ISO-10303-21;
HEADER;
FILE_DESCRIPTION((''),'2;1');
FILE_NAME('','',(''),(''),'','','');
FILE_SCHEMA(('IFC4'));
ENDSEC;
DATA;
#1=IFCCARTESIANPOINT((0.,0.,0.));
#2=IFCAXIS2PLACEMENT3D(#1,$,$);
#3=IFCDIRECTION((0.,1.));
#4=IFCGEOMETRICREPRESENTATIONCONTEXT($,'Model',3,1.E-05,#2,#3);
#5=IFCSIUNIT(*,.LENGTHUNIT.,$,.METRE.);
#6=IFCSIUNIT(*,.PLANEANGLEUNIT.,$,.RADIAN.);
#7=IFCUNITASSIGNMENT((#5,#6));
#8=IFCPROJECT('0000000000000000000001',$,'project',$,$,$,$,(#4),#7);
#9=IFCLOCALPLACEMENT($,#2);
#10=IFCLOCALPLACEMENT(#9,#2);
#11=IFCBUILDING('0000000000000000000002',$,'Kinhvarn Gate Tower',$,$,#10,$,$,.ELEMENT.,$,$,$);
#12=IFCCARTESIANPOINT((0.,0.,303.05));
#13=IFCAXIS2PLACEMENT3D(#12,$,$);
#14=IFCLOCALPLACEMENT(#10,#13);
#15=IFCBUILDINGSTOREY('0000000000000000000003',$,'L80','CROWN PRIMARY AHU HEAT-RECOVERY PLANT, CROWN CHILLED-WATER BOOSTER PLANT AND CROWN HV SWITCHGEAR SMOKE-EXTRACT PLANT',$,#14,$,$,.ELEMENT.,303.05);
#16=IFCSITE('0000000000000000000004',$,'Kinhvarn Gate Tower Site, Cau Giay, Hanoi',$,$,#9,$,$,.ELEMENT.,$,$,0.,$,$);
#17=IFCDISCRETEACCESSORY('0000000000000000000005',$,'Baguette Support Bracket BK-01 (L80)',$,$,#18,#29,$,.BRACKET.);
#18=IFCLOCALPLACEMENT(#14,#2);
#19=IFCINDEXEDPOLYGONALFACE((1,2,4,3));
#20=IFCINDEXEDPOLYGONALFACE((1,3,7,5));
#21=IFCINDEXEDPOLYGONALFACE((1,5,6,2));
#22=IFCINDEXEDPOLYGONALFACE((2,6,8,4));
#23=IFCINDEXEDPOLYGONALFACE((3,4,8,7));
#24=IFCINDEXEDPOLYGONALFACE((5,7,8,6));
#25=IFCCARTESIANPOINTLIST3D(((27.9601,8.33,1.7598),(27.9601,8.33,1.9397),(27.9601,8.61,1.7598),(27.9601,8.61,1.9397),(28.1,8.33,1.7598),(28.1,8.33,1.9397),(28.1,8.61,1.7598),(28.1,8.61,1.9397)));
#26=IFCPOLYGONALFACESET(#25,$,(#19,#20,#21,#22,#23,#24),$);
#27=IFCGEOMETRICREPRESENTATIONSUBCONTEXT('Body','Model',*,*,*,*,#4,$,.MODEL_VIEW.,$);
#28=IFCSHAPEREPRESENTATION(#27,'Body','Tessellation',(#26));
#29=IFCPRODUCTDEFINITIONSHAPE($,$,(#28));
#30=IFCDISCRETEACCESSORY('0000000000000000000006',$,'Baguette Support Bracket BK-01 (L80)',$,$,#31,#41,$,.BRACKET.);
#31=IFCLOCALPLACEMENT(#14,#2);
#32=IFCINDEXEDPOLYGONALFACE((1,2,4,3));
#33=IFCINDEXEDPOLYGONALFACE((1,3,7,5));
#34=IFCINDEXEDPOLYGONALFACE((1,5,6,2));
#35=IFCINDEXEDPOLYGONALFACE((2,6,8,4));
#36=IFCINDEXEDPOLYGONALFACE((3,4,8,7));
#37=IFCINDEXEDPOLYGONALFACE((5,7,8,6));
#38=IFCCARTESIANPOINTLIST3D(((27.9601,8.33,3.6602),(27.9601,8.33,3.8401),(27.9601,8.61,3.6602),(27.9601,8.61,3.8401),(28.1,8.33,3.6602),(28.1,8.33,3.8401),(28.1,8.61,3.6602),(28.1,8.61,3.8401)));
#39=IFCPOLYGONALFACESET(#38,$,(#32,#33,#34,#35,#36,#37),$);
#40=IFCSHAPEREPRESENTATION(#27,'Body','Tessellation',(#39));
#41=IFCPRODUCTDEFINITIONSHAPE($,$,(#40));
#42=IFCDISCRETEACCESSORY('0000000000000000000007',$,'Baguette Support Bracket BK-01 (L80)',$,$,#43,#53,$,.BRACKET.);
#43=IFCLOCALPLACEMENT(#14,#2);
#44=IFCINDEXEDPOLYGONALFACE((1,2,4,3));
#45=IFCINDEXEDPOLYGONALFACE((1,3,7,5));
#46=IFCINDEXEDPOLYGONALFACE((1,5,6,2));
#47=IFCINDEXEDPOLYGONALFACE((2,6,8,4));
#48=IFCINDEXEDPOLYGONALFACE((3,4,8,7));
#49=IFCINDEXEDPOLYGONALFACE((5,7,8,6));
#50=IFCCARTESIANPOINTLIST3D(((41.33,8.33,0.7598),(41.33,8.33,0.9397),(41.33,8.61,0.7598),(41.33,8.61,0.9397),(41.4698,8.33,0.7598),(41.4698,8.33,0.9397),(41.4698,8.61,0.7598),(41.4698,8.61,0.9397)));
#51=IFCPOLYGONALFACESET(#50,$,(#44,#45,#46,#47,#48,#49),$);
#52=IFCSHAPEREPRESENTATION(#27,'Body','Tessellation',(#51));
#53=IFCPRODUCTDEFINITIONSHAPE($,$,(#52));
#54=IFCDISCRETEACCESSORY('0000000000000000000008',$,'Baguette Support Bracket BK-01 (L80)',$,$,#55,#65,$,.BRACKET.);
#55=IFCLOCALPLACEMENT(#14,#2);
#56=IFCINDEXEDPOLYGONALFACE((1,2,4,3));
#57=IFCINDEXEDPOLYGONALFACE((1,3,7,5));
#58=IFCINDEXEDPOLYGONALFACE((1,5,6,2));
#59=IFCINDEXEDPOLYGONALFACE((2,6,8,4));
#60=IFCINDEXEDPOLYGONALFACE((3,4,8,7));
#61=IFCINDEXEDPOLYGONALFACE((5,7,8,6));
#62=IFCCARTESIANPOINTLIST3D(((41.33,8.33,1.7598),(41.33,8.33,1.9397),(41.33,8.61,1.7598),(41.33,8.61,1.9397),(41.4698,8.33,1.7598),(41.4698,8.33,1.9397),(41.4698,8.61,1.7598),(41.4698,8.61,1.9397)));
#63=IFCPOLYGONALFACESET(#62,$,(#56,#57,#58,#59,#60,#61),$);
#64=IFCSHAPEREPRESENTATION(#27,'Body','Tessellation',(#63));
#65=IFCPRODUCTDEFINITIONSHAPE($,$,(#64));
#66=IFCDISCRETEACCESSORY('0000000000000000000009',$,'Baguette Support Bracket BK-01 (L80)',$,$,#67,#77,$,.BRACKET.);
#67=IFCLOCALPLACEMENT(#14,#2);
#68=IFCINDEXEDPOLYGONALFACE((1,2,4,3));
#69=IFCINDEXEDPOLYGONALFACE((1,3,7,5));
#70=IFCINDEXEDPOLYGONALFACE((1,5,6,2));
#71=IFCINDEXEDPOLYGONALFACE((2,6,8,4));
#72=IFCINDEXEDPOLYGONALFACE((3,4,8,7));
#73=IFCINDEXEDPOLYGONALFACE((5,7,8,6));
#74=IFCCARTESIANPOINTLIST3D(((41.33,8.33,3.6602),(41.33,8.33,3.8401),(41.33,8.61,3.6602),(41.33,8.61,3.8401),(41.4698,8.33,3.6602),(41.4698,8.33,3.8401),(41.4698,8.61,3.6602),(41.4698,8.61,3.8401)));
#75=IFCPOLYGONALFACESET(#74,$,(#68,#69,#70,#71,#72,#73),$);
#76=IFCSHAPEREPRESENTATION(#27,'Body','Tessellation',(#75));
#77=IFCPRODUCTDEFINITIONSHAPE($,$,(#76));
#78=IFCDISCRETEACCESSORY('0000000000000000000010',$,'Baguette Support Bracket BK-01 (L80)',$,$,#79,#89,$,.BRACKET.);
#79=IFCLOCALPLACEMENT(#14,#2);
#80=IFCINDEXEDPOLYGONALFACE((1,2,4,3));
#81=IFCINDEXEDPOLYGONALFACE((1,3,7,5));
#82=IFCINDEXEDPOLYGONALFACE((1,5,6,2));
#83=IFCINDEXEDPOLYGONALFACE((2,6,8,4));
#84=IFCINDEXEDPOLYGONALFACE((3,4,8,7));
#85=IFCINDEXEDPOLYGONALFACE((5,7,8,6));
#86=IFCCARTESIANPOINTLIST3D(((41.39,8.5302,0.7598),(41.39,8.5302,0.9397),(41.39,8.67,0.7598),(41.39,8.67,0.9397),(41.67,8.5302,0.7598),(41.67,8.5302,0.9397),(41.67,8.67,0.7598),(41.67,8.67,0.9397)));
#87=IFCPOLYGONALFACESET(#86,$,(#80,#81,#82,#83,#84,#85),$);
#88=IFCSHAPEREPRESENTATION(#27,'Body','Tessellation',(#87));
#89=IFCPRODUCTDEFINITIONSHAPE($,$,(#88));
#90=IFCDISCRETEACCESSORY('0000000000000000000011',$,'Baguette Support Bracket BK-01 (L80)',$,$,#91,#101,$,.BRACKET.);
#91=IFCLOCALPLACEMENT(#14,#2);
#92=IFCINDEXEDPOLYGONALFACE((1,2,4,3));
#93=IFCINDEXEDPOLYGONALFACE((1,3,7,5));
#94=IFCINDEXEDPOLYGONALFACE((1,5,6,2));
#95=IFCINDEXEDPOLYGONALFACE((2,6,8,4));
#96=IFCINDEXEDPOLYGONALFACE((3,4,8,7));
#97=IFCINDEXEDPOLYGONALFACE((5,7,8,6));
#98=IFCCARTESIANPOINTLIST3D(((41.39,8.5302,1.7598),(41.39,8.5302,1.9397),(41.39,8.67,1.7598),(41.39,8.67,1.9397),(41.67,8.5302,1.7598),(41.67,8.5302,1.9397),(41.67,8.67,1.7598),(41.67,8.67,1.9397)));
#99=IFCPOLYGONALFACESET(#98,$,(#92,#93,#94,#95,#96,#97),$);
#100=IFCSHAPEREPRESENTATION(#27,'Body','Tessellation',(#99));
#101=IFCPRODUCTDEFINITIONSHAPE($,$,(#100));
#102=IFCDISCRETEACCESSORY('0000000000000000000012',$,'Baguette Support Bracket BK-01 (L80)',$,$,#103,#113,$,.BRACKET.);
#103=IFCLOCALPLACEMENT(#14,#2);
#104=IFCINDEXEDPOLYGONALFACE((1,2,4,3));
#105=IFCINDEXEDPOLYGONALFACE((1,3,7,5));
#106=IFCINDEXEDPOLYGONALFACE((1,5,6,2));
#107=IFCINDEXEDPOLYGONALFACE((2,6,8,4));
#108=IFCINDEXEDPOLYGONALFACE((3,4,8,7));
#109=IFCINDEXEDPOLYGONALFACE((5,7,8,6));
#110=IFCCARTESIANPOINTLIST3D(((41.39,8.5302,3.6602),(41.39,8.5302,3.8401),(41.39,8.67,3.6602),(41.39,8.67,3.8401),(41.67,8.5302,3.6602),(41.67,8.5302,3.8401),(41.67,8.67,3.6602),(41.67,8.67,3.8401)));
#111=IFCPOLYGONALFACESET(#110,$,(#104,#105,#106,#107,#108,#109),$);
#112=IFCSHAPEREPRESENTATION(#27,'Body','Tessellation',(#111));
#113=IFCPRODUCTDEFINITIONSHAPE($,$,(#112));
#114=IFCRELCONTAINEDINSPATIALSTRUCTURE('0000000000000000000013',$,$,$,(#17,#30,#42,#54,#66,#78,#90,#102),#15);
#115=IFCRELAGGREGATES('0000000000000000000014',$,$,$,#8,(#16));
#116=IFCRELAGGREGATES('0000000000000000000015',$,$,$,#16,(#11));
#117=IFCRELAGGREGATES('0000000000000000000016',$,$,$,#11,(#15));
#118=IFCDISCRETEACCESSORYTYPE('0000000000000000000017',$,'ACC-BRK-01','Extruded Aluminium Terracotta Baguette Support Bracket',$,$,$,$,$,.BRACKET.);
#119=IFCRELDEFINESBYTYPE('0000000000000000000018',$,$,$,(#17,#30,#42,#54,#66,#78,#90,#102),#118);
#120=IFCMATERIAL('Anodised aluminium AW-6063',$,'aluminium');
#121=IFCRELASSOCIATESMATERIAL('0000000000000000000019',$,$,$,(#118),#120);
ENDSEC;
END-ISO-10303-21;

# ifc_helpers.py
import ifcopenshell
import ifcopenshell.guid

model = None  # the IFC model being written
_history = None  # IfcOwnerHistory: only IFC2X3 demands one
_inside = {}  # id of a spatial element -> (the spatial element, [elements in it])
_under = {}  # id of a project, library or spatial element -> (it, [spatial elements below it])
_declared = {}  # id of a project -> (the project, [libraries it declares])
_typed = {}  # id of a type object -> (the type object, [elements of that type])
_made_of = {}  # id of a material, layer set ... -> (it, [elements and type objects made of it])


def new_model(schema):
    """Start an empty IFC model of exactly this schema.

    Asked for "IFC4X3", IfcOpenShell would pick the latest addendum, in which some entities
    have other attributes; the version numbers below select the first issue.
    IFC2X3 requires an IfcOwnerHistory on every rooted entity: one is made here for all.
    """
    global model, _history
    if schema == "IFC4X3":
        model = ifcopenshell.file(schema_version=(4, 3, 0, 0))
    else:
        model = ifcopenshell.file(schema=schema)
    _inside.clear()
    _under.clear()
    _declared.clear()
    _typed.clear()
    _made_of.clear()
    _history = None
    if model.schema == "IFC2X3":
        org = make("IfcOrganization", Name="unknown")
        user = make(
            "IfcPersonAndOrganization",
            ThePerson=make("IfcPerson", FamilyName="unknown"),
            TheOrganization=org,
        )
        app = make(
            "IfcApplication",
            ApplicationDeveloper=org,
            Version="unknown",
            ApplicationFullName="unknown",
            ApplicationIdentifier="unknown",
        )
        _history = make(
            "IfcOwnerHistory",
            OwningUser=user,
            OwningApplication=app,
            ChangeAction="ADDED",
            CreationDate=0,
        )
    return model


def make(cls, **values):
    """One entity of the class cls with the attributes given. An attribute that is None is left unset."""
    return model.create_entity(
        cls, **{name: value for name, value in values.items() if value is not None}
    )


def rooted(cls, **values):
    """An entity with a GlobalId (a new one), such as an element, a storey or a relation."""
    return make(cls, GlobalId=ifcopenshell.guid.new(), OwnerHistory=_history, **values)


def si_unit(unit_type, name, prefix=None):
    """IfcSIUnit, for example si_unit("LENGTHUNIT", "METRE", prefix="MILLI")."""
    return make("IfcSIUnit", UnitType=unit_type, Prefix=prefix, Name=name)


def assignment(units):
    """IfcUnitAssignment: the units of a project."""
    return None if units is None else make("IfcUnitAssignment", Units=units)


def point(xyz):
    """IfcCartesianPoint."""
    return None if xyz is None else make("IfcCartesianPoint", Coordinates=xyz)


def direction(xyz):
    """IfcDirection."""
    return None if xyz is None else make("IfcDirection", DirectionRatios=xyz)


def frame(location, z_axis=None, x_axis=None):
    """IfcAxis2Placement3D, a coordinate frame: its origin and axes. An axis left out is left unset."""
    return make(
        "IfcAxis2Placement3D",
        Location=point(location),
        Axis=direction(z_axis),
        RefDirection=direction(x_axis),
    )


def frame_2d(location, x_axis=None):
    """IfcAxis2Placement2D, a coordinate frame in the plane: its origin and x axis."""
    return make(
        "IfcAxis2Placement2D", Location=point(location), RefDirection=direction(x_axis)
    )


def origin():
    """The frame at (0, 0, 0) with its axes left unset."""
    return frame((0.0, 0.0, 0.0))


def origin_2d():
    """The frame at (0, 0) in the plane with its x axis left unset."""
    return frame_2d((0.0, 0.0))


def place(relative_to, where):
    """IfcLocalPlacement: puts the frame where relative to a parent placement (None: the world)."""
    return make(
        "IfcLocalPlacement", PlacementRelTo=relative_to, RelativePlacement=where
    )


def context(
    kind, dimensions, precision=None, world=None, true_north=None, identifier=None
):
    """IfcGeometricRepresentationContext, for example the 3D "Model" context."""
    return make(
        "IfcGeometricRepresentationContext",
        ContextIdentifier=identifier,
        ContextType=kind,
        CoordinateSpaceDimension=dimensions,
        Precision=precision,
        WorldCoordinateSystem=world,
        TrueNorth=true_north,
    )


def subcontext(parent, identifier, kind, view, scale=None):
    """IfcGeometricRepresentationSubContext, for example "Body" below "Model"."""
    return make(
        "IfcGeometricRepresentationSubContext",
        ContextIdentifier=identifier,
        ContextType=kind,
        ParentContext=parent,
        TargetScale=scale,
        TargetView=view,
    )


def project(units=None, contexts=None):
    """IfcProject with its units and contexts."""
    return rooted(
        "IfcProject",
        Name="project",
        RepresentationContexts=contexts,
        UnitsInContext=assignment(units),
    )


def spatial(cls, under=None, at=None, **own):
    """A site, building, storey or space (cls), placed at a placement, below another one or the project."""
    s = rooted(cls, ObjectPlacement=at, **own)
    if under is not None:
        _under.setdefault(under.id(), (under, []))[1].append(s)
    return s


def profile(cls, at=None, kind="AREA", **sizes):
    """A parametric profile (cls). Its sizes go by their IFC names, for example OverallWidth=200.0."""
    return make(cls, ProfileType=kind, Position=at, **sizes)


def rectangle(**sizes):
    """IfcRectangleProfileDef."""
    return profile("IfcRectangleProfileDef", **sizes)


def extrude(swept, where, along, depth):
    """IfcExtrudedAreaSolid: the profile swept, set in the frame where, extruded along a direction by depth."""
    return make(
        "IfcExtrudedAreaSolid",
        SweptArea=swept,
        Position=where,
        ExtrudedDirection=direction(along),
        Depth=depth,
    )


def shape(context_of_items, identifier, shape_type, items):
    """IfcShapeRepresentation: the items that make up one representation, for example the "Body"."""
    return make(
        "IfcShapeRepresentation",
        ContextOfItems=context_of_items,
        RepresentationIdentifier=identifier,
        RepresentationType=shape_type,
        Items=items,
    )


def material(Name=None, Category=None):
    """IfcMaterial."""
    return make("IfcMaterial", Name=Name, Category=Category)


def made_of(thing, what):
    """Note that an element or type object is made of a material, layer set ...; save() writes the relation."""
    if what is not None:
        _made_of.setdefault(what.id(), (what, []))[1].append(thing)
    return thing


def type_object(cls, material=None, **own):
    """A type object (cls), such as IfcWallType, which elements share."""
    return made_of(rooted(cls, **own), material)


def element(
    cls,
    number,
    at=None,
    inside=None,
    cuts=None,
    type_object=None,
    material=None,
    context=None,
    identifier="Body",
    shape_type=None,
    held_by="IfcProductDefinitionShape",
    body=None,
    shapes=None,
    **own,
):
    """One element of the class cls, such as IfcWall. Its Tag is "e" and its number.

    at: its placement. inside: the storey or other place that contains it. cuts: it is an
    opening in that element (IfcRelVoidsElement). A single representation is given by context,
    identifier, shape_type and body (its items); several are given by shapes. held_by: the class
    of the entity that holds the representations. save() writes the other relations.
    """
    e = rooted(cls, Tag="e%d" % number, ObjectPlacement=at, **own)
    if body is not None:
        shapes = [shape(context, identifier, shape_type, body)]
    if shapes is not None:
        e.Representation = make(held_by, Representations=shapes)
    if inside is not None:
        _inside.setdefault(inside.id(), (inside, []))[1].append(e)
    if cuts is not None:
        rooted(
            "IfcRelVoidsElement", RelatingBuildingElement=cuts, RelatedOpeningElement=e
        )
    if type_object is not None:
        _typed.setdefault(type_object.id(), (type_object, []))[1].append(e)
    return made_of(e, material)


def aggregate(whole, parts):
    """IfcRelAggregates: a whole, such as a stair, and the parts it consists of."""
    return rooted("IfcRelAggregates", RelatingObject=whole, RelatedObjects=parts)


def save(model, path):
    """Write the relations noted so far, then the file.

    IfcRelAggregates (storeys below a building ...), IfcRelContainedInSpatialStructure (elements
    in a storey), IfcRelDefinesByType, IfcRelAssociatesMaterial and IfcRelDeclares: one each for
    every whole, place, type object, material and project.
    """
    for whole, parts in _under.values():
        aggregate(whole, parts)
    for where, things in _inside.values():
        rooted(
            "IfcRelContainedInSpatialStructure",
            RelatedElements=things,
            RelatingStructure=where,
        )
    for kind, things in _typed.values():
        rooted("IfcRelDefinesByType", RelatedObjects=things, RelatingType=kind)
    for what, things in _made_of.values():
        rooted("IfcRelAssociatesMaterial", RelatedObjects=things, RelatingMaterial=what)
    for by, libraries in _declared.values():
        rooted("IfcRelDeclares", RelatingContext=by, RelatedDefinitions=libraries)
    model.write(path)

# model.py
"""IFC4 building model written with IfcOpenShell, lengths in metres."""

from ifc_helpers import new_model, si_unit, direction, frame, origin, origin_2d, place, context, subcontext, project, spatial, rectangle, extrude, material, type_object, element, save


model = new_model("IFC4")

# Units and contexts
model_context = context("Model", 3, precision=1e-05, world=origin(), true_north=direction((0.0, 1.0)))
body_context = subcontext(model_context, "Body", "Model", "MODEL_VIEW")
ifc_project = project(units=[si_unit("LENGTHUNIT", "METRE"), si_unit("PLANEANGLEUNIT", "RADIAN")], contexts=[model_context])

# Site, building, storey
site_placement = place(None, origin())
site = spatial("IfcSite", under=ifc_project, at=site_placement, Name="Kinhvarn Gate Tower Site, Cau Giay, Hanoi", CompositionType="ELEMENT", RefElevation=0.0)
building_placement = place(site_placement, origin())
building = spatial("IfcBuilding", under=site, at=building_placement, Name="Kinhvarn Gate Tower", CompositionType="ELEMENT")
storey_placement = place(building_placement, frame((0.0, 0.0, 303.05)))
storey = spatial("IfcBuildingStorey", under=building, at=storey_placement, Name="L80", Description="CROWN PRIMARY AHU HEAT-RECOVERY PLANT, CROWN CHILLED-WATER BOOSTER PLANT AND CROWN HV SWITCHGEAR SMOKE-EXTRACT PLANT", CompositionType="ELEMENT", Elevation=303.05)

# Shared definitions
ifc_material_1 = material(Name="Anodised aluminium AW-6063", Category="aluminium")

# Discrete accessories
discrete_accessory_type = type_object("IfcDiscreteAccessoryType", Name="ACC-BRK-01", Description="Extruded Aluminium Terracotta Baguette Support Bracket", PredefinedType="BRACKET", material=ifc_material_1)
for number, where, z_axis, x_axis, name in (
    (1, (28.03, 8.47, 1.7598), (0.0, 0.0, 1.0), (1.0, 0.0, 0.0), "Baguette Support Bracket BK-01 (L80)"),
    (2, (28.03, 8.47, 3.6602), (0.0, 0.0, 1.0), (1.0, 0.0, 0.0), "Baguette Support Bracket BK-01 (L80)"),
    (3, (41.3999, 8.47, 0.7598), (0.0, 0.0, 1.0), (1.0, 0.0, 0.0), "Baguette Support Bracket BK-01 (L80)"),
    (4, (41.3999, 8.47, 1.7598), (0.0, 0.0, 1.0), (1.0, 0.0, 0.0), "Baguette Support Bracket BK-01 (L80)"),
    (5, (41.3999, 8.47, 3.6602), (0.0, 0.0, 1.0), (1.0, 0.0, 0.0), "Baguette Support Bracket BK-01 (L80)"),
    (6, (41.53, 8.6001, 0.7598), (0.0, 0.0, 1.0), (0.0, 1.0, 0.0), "Baguette Support Bracket BK-01 (L80)"),
    (7, (41.53, 8.6001, 1.7598), (0.0, 0.0, 1.0), (0.0, 1.0, 0.0), "Baguette Support Bracket BK-01 (L80)"),
    (8, (41.53, 8.6001, 3.6602), (0.0, 0.0, 1.0), (0.0, 1.0, 0.0), "Baguette Support Bracket BK-01 (L80)"),
):
    element("IfcDiscreteAccessory", number, at=place(storey_placement, frame(where, z_axis=z_axis, x_axis=x_axis)), inside=storey, type_object=discrete_accessory_type, Name=name, PredefinedType="BRACKET", context=body_context, shape_type="SweptSolid", body=[
        extrude(rectangle(XDim=0.1399, YDim=0.28, at=origin_2d()), origin(), (0.0, 0.0, 1.0), 0.1799),
    ])

save(model, "model.ifc")
